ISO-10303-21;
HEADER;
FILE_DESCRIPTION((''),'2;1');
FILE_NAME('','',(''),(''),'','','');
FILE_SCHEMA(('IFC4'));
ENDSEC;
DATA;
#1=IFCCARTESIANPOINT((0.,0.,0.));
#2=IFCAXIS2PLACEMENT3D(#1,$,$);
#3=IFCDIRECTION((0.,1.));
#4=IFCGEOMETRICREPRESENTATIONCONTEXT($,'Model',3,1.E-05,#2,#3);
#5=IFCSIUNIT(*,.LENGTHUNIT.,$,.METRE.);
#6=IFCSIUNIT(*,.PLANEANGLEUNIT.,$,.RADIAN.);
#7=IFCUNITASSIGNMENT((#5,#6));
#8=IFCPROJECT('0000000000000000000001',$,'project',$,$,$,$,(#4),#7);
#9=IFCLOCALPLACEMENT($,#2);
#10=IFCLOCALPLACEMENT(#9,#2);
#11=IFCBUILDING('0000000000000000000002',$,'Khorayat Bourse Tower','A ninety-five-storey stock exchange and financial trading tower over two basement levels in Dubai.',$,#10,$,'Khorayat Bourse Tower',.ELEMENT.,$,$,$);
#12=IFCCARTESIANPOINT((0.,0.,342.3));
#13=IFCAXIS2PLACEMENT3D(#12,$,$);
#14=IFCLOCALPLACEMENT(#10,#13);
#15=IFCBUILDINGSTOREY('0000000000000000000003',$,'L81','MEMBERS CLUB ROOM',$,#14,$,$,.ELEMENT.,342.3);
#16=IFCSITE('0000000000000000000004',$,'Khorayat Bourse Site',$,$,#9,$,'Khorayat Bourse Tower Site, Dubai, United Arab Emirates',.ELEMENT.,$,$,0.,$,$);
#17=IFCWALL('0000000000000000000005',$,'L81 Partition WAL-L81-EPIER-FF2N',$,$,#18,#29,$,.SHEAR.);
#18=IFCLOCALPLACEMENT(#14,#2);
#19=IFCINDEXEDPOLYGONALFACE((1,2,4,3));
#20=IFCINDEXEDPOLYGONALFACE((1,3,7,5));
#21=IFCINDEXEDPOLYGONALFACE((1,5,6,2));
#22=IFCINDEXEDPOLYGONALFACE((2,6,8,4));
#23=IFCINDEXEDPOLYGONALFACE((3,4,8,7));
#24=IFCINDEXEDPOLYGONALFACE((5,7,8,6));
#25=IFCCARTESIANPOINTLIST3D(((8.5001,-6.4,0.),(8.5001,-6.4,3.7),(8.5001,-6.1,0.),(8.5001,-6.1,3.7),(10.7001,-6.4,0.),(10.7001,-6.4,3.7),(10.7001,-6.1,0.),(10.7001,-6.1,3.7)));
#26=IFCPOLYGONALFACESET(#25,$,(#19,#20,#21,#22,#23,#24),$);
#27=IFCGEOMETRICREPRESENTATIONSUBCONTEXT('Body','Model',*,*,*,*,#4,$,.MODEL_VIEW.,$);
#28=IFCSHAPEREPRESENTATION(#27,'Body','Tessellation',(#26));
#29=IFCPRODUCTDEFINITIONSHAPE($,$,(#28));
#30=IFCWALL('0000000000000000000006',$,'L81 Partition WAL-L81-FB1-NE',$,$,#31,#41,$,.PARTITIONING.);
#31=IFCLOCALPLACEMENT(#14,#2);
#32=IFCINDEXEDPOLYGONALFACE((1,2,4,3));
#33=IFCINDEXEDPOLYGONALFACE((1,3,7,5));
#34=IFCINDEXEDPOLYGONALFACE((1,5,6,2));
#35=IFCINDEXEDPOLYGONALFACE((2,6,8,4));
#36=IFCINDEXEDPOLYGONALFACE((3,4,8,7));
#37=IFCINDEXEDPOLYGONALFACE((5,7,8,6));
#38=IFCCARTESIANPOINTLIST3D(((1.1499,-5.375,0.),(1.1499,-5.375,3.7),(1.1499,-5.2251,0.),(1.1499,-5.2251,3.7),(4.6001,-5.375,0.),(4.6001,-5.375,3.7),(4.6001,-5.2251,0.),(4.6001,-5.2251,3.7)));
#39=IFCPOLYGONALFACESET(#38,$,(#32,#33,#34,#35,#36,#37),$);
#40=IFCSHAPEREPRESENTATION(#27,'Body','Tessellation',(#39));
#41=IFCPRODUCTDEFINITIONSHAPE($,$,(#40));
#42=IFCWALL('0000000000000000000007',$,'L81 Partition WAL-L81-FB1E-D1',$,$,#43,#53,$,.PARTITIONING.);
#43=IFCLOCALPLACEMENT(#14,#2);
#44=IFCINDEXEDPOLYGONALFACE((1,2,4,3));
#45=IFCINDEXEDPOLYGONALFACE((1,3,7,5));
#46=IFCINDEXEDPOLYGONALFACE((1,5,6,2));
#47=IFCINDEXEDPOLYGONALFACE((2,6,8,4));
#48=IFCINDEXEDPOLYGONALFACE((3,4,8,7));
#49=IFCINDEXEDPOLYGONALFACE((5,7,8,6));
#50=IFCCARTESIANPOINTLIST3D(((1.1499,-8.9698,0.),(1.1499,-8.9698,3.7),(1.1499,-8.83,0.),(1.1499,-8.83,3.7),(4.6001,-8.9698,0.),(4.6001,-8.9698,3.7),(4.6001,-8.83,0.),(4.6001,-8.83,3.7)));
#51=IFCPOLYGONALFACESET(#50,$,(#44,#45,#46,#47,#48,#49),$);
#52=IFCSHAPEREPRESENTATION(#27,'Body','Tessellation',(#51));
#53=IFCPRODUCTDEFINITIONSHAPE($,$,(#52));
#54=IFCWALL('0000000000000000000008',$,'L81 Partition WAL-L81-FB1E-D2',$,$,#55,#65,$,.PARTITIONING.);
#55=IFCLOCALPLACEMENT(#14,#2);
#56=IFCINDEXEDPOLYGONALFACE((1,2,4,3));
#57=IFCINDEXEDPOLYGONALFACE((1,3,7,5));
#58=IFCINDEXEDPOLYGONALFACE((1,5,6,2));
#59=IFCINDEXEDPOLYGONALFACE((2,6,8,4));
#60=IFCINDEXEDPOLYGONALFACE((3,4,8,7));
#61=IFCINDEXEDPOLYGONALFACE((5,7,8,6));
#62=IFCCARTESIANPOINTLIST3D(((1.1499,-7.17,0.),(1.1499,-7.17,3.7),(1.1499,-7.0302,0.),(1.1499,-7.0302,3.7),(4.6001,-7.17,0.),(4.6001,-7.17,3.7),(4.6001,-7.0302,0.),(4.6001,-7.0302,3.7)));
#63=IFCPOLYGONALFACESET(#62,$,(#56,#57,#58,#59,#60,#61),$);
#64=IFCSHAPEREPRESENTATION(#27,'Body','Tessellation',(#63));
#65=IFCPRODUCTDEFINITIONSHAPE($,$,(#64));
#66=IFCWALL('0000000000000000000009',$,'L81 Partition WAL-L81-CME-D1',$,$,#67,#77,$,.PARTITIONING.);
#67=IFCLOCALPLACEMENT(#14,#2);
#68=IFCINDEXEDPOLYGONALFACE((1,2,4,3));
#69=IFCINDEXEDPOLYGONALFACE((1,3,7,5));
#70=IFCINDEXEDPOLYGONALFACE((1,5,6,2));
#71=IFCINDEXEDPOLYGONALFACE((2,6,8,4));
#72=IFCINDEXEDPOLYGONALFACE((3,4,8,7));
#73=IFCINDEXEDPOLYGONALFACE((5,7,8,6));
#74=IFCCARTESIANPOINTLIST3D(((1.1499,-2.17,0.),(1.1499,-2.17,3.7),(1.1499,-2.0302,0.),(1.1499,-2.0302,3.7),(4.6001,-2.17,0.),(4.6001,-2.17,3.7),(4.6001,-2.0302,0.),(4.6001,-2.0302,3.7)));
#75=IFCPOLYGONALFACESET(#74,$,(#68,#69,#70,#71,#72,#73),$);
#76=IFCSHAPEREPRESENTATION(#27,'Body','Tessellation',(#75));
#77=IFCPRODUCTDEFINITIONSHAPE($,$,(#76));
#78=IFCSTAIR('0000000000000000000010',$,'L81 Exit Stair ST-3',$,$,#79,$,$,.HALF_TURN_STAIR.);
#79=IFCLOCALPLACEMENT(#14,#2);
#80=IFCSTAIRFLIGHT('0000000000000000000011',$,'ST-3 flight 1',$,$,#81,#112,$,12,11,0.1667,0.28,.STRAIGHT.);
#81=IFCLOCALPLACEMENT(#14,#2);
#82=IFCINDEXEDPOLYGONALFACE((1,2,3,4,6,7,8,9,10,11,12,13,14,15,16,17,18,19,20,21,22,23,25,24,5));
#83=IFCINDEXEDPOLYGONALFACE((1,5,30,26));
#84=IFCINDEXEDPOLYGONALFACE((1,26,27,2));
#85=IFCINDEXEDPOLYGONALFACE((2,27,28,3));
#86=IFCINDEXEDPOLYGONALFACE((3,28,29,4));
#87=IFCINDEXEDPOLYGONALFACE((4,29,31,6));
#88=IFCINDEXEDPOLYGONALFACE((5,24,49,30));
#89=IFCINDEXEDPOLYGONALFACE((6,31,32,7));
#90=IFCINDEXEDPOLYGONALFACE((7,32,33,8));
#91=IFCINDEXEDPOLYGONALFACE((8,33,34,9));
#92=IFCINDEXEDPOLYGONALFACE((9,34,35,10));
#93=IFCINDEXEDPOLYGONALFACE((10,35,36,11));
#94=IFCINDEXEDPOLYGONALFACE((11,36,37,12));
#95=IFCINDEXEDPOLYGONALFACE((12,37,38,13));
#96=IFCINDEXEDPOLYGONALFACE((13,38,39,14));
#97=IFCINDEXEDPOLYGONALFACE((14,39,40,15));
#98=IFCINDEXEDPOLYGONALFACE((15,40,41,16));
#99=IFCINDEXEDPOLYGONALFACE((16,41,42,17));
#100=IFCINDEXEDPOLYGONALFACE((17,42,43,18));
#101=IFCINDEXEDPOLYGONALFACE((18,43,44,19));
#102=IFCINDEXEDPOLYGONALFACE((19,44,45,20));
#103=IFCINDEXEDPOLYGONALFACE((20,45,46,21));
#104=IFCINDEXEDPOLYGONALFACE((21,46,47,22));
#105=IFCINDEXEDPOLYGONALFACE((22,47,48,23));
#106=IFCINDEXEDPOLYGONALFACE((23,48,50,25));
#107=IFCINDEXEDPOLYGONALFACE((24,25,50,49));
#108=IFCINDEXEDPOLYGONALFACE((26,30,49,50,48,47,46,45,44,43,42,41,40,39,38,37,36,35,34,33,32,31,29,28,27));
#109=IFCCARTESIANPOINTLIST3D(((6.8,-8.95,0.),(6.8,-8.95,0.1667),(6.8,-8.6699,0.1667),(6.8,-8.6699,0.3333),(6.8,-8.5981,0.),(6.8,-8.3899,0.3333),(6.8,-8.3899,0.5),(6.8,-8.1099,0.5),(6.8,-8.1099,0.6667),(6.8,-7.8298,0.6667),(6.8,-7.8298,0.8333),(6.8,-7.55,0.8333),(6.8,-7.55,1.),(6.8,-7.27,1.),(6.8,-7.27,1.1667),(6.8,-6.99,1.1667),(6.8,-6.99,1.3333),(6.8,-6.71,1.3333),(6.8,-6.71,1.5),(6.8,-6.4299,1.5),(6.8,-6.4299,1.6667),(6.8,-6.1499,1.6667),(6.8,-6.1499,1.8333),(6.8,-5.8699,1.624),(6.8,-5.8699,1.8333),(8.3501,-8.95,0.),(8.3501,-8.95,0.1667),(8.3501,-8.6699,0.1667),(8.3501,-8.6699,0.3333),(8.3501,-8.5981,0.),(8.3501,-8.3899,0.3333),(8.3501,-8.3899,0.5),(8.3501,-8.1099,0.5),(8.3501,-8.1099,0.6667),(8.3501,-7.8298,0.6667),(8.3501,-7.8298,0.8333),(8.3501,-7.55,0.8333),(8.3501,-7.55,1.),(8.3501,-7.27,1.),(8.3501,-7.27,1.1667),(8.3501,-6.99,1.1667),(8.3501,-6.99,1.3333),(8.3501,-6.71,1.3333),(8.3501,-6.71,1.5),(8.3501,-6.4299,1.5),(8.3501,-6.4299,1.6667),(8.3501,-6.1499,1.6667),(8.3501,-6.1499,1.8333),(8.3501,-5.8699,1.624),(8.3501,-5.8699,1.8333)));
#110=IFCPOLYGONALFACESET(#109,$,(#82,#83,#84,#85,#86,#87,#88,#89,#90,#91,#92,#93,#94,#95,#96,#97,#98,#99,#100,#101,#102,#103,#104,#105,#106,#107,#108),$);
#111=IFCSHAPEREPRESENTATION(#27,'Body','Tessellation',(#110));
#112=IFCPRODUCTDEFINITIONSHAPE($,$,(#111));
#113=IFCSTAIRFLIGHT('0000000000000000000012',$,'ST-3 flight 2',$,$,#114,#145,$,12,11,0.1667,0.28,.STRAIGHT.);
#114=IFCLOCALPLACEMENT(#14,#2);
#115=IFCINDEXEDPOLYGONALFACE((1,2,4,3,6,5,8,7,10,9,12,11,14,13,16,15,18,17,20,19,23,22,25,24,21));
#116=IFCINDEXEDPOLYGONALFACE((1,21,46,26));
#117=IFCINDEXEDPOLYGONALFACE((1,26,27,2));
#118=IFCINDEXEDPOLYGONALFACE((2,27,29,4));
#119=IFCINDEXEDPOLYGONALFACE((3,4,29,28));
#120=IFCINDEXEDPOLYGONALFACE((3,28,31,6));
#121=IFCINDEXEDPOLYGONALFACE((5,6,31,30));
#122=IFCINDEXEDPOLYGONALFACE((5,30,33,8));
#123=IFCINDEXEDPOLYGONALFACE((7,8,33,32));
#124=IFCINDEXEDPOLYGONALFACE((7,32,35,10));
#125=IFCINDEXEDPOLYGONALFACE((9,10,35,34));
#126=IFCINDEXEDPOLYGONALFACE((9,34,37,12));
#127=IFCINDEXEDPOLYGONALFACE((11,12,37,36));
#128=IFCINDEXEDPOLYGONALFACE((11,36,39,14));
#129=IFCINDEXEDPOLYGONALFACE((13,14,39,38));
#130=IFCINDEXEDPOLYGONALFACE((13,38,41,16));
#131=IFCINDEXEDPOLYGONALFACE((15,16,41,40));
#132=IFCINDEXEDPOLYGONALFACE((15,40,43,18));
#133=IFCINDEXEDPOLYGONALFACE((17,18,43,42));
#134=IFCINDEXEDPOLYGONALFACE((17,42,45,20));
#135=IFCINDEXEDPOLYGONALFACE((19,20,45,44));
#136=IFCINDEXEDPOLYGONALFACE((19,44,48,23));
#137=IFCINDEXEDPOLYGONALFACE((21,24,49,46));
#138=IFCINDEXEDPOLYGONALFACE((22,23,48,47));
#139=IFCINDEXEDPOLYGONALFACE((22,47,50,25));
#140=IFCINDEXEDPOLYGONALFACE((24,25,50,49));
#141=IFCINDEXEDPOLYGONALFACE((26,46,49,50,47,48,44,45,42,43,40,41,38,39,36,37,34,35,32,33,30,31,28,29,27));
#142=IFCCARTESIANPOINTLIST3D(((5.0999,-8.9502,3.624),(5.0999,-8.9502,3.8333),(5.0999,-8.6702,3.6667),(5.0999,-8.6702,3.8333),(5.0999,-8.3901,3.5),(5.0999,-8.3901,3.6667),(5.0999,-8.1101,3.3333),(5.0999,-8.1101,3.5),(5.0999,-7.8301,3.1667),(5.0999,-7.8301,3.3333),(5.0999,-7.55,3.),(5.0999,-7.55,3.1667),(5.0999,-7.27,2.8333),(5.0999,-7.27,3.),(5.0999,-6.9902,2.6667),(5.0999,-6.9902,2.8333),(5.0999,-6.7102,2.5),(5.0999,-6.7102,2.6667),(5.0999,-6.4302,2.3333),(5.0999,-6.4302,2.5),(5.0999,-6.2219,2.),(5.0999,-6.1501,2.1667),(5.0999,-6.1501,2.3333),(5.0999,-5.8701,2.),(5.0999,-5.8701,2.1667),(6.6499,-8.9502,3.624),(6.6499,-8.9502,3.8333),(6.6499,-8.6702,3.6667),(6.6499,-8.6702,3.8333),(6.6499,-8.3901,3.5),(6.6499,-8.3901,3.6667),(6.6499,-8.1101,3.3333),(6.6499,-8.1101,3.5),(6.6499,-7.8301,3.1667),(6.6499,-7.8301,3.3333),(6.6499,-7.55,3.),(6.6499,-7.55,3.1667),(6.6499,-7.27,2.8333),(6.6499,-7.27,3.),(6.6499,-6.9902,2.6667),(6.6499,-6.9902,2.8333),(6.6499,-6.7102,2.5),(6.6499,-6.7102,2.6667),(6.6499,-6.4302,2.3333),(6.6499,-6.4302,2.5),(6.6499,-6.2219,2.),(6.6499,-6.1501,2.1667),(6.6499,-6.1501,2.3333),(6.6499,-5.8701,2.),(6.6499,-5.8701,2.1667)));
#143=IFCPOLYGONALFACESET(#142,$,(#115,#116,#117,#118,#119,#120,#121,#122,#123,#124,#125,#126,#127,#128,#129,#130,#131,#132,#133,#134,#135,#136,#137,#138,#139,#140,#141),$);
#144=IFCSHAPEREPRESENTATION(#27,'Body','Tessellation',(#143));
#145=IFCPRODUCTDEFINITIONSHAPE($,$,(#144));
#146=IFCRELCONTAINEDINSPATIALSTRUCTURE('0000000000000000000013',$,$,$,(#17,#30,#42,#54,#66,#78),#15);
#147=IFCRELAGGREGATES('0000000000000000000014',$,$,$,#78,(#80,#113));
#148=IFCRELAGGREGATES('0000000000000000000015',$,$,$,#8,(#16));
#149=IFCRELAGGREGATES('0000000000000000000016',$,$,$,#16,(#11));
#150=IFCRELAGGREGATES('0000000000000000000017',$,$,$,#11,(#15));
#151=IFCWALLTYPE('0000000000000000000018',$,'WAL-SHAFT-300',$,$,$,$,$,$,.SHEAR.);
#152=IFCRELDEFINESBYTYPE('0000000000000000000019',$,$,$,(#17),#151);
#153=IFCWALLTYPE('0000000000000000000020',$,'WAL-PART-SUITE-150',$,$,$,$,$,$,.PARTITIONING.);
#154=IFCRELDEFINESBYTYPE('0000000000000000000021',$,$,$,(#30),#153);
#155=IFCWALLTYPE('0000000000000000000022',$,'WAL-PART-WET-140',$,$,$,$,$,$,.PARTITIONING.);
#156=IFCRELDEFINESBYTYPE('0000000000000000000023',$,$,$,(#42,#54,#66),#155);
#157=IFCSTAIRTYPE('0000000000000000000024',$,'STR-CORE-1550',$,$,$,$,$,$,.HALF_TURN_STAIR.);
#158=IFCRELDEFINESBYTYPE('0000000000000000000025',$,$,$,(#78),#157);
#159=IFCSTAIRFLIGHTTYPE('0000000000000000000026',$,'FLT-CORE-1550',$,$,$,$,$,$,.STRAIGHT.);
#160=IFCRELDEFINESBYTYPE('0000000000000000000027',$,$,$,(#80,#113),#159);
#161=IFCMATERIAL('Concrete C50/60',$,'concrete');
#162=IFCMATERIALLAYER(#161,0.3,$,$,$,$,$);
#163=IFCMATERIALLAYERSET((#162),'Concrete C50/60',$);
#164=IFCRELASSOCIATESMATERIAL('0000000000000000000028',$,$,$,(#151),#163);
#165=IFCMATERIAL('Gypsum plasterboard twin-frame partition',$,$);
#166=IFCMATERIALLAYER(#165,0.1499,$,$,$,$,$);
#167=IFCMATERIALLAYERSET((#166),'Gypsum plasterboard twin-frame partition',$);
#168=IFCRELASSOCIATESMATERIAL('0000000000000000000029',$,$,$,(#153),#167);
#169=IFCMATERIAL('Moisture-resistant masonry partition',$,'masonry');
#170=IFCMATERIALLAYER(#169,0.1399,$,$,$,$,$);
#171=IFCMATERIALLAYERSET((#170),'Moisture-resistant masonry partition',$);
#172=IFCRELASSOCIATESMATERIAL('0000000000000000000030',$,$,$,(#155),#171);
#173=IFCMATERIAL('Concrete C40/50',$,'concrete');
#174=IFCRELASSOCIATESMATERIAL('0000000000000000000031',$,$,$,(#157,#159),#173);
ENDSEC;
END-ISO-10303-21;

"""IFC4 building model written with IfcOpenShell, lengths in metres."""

from ifc_helpers import new_model, si_unit, direction, frame, frame_2d, origin, place, context, subcontext, project, spatial, polyline, rectangle, outline, extrude, source, transform, mapped, material, layer, layer_set, type_object, element, aggregate, save


model = new_model("IFC4")

# Units and contexts
model_context = context("Model", 3, precision=1e-05, world=origin(), true_north=direction((0.0, 1.0)))
body_context = subcontext(model_context, "Body", "Model", "MODEL_VIEW")
ifc_project = project(units=[si_unit("LENGTHUNIT", "METRE"), si_unit("PLANEANGLEUNIT", "RADIAN")], contexts=[model_context])

# Site, building, storey
site_placement = place(None, origin())
site = spatial("IfcSite", under=ifc_project, at=site_placement, Name="Khorayat Bourse Site", LongName="Khorayat Bourse Tower Site, Dubai, United Arab Emirates", CompositionType="ELEMENT", RefElevation=0.0)
building_placement = place(site_placement, origin())
building = spatial("IfcBuilding", under=site, at=building_placement, Name="Khorayat Bourse Tower", Description="A ninety-five-storey stock exchange and financial trading tower over two basement levels in Dubai.", LongName="Khorayat Bourse Tower", CompositionType="ELEMENT")
storey_placement = place(building_placement, frame((0.0, 0.0, 342.3)))
storey = spatial("IfcBuildingStorey", under=building, at=storey_placement, Name="L81", Description="MEMBERS CLUB ROOM", CompositionType="ELEMENT", Elevation=342.3)

# Walls
ifc_material_1 = material(Name="Concrete C50/60", Category="concrete")
ifc_layer_1 = layer(ifc_material_1, 0.3)
ifc_layer_set_1 = layer_set([ifc_layer_1], Name="Concrete C50/60")
wall_type_1 = type_object("IfcWallType", Name="WAL-SHAFT-300", PredefinedType="SHEAR", material=ifc_layer_set_1)
shared_shape_1 = source(origin(), body_context, "Body", "SweptSolid", [
    extrude(rectangle(XDim=2.2, YDim=0.3, at=frame_2d((1.1001, 0.0))), origin(), (0.0, 0.0, 1.0), 3.7),
])
for number, where, z_axis, x_axis, name in (
    (1, (8.5, -6.25, 0.0), (0.0, 0.0, 1.0), (1.0, 0.0, 0.0), "L81 Partition WAL-L81-EPIER-FF2N"),
):
    element("IfcWall", number, at=place(storey_placement, frame(where, z_axis=z_axis, x_axis=x_axis)), inside=storey, type_object=wall_type_1, Name=name, PredefinedType="SHEAR", context=body_context, shape_type="MappedRepresentation", body=[
        mapped(shared_shape_1, transform((0.0, 0.0, 0.0), scale=1.0)),
    ])
ifc_material_2 = material(Name="Gypsum plasterboard twin-frame partition")
ifc_layer_2 = layer(ifc_material_2, 0.1499)
ifc_layer_set_2 = layer_set([ifc_layer_2], Name="Gypsum plasterboard twin-frame partition")
wall_type_2 = type_object("IfcWallType", Name="WAL-PART-SUITE-150", PredefinedType="PARTITIONING", material=ifc_layer_set_2)
shared_shape_2 = source(origin(), body_context, "Body", "SweptSolid", [
    extrude(rectangle(XDim=3.4502, YDim=0.1499, at=frame_2d((1.7251, 0.0))), origin(), (0.0, 0.0, 1.0), 3.7),
])
wall_1_placement = place(storey_placement, frame((1.1499, -5.3, 0.0), z_axis=(0.0, 0.0, 1.0), x_axis=(1.0, 0.0, 0.0)))
element("IfcWall", 2, at=wall_1_placement, inside=storey, type_object=wall_type_2, Name="L81 Partition WAL-L81-FB1-NE", PredefinedType="PARTITIONING", context=body_context, shape_type="MappedRepresentation", body=[
    mapped(shared_shape_2, transform((0.0, 0.0, 0.0), scale=1.0)),
])

# Walls
ifc_material_3 = material(Name="Moisture-resistant masonry partition", Category="masonry")
ifc_layer_3 = layer(ifc_material_3, 0.1399)
ifc_layer_set_3 = layer_set([ifc_layer_3], Name="Moisture-resistant masonry partition")
wall_type_3 = type_object("IfcWallType", Name="WAL-PART-WET-140", PredefinedType="PARTITIONING", material=ifc_layer_set_3)
shared_shape_3 = source(origin(), body_context, "Body", "SweptSolid", [
    extrude(rectangle(XDim=3.4502, YDim=0.1399, at=frame_2d((1.7251, 0.0))), origin(), (0.0, 0.0, 1.0), 3.7),
])
for number, where, z_axis, x_axis, name in (
    (3, (1.1499, -8.8999, 0.0), (0.0, 0.0, 1.0), (1.0, 0.0, 0.0), "L81 Partition WAL-L81-FB1E-D1"),
    (4, (1.1499, -7.1001, 0.0), (0.0, 0.0, 1.0), (1.0, 0.0, 0.0), "L81 Partition WAL-L81-FB1E-D2"),
    (5, (1.1499, -2.1001, 0.0), (0.0, 0.0, 1.0), (1.0, 0.0, 0.0), "L81 Partition WAL-L81-CME-D1"),
):
    element("IfcWall", number, at=place(storey_placement, frame(where, z_axis=z_axis, x_axis=x_axis)), inside=storey, type_object=wall_type_3, Name=name, PredefinedType="PARTITIONING", context=body_context, shape_type="MappedRepresentation", body=[
        mapped(shared_shape_3, transform((0.0, 0.0, 0.0), scale=1.0)),
    ])

# Stair, stair flights
ifc_material_4 = material(Name="Concrete C40/50", Category="concrete")
stair_type = type_object("IfcStairType", Name="STR-CORE-1550", PredefinedType="HALF_TURN_STAIR", material=ifc_material_4)
stair_placement = place(storey_placement, origin())
stair = element("IfcStair", 6, at=stair_placement, inside=storey, type_object=stair_type, Name="L81 Exit Stair ST-3", PredefinedType="HALF_TURN_STAIR")
stair_flight_type = type_object("IfcStairFlightType", Name="FLT-CORE-1550", PredefinedType="STRAIGHT", material=ifc_material_4)
shared_shape_4 = source(origin(), body_context, "Body", "SweptSolid", [
    extrude(outline(polyline([(0.0, 0.0), (0.0, 0.1667), (0.28, 0.1667), (0.28, 0.3333), (0.5601, 0.3333), (0.5601, 0.5), (0.8401, 0.5), (0.8401, 0.6667), (1.1201, 0.6667), (1.1201, 0.8333), (1.3999, 0.8333), (1.3999, 1.0), (1.6799, 1.0), (1.6799, 1.1667), (1.96, 1.1667), (1.96, 1.3333), (2.24, 1.3333), (2.24, 1.5), (2.52, 1.5), (2.52, 1.6667), (2.8, 1.6667), (2.8, 1.8333), (3.0801, 1.8333), (3.0801, 2.0), (3.0801, 1.624), (0.3518, 0.0), (0.0, 0.0)])), frame((0.0, 0.7749, 0.0), z_axis=(0.0, -1.0, 0.0), x_axis=(1.0, 0.0, 0.0)), (0.0, 0.0, 1.0), 1.55),
])
stair_flight_1_placement = place(storey_placement, frame((7.575, -8.95, 0.0), z_axis=(0.0, 0.0, 1.0), x_axis=(0.0, 1.0, 0.0)))
stair_flight_1 = element("IfcStairFlight", 7, at=stair_flight_1_placement, type_object=stair_flight_type, Name="ST-3 flight 1", NumberOfRisers=12, NumberOfTreads=11, PredefinedType="STRAIGHT", RiserHeight=0.1667, TreadLength=0.28, context=body_context, shape_type="MappedRepresentation", body=[
    mapped(shared_shape_4, transform((0.0, 0.0, 0.0), scale=1.0)),
])
stair_flight_2_placement = place(storey_placement, frame((5.875, -5.8701, 2.0), z_axis=(0.0, 0.0, 1.0), x_axis=(0.0, -1.0, 0.0)))
stair_flight_2 = element("IfcStairFlight", 8, at=stair_flight_2_placement, type_object=stair_flight_type, Name="ST-3 flight 2", NumberOfRisers=12, NumberOfTreads=11, PredefinedType="STRAIGHT", RiserHeight=0.1667, TreadLength=0.28, context=body_context, shape_type="MappedRepresentation", body=[
    mapped(shared_shape_4, transform((0.0, 0.0, 0.0), scale=1.0)),
])
aggregate(stair, [stair_flight_1, stair_flight_2])

save(model, "model.ifc")
